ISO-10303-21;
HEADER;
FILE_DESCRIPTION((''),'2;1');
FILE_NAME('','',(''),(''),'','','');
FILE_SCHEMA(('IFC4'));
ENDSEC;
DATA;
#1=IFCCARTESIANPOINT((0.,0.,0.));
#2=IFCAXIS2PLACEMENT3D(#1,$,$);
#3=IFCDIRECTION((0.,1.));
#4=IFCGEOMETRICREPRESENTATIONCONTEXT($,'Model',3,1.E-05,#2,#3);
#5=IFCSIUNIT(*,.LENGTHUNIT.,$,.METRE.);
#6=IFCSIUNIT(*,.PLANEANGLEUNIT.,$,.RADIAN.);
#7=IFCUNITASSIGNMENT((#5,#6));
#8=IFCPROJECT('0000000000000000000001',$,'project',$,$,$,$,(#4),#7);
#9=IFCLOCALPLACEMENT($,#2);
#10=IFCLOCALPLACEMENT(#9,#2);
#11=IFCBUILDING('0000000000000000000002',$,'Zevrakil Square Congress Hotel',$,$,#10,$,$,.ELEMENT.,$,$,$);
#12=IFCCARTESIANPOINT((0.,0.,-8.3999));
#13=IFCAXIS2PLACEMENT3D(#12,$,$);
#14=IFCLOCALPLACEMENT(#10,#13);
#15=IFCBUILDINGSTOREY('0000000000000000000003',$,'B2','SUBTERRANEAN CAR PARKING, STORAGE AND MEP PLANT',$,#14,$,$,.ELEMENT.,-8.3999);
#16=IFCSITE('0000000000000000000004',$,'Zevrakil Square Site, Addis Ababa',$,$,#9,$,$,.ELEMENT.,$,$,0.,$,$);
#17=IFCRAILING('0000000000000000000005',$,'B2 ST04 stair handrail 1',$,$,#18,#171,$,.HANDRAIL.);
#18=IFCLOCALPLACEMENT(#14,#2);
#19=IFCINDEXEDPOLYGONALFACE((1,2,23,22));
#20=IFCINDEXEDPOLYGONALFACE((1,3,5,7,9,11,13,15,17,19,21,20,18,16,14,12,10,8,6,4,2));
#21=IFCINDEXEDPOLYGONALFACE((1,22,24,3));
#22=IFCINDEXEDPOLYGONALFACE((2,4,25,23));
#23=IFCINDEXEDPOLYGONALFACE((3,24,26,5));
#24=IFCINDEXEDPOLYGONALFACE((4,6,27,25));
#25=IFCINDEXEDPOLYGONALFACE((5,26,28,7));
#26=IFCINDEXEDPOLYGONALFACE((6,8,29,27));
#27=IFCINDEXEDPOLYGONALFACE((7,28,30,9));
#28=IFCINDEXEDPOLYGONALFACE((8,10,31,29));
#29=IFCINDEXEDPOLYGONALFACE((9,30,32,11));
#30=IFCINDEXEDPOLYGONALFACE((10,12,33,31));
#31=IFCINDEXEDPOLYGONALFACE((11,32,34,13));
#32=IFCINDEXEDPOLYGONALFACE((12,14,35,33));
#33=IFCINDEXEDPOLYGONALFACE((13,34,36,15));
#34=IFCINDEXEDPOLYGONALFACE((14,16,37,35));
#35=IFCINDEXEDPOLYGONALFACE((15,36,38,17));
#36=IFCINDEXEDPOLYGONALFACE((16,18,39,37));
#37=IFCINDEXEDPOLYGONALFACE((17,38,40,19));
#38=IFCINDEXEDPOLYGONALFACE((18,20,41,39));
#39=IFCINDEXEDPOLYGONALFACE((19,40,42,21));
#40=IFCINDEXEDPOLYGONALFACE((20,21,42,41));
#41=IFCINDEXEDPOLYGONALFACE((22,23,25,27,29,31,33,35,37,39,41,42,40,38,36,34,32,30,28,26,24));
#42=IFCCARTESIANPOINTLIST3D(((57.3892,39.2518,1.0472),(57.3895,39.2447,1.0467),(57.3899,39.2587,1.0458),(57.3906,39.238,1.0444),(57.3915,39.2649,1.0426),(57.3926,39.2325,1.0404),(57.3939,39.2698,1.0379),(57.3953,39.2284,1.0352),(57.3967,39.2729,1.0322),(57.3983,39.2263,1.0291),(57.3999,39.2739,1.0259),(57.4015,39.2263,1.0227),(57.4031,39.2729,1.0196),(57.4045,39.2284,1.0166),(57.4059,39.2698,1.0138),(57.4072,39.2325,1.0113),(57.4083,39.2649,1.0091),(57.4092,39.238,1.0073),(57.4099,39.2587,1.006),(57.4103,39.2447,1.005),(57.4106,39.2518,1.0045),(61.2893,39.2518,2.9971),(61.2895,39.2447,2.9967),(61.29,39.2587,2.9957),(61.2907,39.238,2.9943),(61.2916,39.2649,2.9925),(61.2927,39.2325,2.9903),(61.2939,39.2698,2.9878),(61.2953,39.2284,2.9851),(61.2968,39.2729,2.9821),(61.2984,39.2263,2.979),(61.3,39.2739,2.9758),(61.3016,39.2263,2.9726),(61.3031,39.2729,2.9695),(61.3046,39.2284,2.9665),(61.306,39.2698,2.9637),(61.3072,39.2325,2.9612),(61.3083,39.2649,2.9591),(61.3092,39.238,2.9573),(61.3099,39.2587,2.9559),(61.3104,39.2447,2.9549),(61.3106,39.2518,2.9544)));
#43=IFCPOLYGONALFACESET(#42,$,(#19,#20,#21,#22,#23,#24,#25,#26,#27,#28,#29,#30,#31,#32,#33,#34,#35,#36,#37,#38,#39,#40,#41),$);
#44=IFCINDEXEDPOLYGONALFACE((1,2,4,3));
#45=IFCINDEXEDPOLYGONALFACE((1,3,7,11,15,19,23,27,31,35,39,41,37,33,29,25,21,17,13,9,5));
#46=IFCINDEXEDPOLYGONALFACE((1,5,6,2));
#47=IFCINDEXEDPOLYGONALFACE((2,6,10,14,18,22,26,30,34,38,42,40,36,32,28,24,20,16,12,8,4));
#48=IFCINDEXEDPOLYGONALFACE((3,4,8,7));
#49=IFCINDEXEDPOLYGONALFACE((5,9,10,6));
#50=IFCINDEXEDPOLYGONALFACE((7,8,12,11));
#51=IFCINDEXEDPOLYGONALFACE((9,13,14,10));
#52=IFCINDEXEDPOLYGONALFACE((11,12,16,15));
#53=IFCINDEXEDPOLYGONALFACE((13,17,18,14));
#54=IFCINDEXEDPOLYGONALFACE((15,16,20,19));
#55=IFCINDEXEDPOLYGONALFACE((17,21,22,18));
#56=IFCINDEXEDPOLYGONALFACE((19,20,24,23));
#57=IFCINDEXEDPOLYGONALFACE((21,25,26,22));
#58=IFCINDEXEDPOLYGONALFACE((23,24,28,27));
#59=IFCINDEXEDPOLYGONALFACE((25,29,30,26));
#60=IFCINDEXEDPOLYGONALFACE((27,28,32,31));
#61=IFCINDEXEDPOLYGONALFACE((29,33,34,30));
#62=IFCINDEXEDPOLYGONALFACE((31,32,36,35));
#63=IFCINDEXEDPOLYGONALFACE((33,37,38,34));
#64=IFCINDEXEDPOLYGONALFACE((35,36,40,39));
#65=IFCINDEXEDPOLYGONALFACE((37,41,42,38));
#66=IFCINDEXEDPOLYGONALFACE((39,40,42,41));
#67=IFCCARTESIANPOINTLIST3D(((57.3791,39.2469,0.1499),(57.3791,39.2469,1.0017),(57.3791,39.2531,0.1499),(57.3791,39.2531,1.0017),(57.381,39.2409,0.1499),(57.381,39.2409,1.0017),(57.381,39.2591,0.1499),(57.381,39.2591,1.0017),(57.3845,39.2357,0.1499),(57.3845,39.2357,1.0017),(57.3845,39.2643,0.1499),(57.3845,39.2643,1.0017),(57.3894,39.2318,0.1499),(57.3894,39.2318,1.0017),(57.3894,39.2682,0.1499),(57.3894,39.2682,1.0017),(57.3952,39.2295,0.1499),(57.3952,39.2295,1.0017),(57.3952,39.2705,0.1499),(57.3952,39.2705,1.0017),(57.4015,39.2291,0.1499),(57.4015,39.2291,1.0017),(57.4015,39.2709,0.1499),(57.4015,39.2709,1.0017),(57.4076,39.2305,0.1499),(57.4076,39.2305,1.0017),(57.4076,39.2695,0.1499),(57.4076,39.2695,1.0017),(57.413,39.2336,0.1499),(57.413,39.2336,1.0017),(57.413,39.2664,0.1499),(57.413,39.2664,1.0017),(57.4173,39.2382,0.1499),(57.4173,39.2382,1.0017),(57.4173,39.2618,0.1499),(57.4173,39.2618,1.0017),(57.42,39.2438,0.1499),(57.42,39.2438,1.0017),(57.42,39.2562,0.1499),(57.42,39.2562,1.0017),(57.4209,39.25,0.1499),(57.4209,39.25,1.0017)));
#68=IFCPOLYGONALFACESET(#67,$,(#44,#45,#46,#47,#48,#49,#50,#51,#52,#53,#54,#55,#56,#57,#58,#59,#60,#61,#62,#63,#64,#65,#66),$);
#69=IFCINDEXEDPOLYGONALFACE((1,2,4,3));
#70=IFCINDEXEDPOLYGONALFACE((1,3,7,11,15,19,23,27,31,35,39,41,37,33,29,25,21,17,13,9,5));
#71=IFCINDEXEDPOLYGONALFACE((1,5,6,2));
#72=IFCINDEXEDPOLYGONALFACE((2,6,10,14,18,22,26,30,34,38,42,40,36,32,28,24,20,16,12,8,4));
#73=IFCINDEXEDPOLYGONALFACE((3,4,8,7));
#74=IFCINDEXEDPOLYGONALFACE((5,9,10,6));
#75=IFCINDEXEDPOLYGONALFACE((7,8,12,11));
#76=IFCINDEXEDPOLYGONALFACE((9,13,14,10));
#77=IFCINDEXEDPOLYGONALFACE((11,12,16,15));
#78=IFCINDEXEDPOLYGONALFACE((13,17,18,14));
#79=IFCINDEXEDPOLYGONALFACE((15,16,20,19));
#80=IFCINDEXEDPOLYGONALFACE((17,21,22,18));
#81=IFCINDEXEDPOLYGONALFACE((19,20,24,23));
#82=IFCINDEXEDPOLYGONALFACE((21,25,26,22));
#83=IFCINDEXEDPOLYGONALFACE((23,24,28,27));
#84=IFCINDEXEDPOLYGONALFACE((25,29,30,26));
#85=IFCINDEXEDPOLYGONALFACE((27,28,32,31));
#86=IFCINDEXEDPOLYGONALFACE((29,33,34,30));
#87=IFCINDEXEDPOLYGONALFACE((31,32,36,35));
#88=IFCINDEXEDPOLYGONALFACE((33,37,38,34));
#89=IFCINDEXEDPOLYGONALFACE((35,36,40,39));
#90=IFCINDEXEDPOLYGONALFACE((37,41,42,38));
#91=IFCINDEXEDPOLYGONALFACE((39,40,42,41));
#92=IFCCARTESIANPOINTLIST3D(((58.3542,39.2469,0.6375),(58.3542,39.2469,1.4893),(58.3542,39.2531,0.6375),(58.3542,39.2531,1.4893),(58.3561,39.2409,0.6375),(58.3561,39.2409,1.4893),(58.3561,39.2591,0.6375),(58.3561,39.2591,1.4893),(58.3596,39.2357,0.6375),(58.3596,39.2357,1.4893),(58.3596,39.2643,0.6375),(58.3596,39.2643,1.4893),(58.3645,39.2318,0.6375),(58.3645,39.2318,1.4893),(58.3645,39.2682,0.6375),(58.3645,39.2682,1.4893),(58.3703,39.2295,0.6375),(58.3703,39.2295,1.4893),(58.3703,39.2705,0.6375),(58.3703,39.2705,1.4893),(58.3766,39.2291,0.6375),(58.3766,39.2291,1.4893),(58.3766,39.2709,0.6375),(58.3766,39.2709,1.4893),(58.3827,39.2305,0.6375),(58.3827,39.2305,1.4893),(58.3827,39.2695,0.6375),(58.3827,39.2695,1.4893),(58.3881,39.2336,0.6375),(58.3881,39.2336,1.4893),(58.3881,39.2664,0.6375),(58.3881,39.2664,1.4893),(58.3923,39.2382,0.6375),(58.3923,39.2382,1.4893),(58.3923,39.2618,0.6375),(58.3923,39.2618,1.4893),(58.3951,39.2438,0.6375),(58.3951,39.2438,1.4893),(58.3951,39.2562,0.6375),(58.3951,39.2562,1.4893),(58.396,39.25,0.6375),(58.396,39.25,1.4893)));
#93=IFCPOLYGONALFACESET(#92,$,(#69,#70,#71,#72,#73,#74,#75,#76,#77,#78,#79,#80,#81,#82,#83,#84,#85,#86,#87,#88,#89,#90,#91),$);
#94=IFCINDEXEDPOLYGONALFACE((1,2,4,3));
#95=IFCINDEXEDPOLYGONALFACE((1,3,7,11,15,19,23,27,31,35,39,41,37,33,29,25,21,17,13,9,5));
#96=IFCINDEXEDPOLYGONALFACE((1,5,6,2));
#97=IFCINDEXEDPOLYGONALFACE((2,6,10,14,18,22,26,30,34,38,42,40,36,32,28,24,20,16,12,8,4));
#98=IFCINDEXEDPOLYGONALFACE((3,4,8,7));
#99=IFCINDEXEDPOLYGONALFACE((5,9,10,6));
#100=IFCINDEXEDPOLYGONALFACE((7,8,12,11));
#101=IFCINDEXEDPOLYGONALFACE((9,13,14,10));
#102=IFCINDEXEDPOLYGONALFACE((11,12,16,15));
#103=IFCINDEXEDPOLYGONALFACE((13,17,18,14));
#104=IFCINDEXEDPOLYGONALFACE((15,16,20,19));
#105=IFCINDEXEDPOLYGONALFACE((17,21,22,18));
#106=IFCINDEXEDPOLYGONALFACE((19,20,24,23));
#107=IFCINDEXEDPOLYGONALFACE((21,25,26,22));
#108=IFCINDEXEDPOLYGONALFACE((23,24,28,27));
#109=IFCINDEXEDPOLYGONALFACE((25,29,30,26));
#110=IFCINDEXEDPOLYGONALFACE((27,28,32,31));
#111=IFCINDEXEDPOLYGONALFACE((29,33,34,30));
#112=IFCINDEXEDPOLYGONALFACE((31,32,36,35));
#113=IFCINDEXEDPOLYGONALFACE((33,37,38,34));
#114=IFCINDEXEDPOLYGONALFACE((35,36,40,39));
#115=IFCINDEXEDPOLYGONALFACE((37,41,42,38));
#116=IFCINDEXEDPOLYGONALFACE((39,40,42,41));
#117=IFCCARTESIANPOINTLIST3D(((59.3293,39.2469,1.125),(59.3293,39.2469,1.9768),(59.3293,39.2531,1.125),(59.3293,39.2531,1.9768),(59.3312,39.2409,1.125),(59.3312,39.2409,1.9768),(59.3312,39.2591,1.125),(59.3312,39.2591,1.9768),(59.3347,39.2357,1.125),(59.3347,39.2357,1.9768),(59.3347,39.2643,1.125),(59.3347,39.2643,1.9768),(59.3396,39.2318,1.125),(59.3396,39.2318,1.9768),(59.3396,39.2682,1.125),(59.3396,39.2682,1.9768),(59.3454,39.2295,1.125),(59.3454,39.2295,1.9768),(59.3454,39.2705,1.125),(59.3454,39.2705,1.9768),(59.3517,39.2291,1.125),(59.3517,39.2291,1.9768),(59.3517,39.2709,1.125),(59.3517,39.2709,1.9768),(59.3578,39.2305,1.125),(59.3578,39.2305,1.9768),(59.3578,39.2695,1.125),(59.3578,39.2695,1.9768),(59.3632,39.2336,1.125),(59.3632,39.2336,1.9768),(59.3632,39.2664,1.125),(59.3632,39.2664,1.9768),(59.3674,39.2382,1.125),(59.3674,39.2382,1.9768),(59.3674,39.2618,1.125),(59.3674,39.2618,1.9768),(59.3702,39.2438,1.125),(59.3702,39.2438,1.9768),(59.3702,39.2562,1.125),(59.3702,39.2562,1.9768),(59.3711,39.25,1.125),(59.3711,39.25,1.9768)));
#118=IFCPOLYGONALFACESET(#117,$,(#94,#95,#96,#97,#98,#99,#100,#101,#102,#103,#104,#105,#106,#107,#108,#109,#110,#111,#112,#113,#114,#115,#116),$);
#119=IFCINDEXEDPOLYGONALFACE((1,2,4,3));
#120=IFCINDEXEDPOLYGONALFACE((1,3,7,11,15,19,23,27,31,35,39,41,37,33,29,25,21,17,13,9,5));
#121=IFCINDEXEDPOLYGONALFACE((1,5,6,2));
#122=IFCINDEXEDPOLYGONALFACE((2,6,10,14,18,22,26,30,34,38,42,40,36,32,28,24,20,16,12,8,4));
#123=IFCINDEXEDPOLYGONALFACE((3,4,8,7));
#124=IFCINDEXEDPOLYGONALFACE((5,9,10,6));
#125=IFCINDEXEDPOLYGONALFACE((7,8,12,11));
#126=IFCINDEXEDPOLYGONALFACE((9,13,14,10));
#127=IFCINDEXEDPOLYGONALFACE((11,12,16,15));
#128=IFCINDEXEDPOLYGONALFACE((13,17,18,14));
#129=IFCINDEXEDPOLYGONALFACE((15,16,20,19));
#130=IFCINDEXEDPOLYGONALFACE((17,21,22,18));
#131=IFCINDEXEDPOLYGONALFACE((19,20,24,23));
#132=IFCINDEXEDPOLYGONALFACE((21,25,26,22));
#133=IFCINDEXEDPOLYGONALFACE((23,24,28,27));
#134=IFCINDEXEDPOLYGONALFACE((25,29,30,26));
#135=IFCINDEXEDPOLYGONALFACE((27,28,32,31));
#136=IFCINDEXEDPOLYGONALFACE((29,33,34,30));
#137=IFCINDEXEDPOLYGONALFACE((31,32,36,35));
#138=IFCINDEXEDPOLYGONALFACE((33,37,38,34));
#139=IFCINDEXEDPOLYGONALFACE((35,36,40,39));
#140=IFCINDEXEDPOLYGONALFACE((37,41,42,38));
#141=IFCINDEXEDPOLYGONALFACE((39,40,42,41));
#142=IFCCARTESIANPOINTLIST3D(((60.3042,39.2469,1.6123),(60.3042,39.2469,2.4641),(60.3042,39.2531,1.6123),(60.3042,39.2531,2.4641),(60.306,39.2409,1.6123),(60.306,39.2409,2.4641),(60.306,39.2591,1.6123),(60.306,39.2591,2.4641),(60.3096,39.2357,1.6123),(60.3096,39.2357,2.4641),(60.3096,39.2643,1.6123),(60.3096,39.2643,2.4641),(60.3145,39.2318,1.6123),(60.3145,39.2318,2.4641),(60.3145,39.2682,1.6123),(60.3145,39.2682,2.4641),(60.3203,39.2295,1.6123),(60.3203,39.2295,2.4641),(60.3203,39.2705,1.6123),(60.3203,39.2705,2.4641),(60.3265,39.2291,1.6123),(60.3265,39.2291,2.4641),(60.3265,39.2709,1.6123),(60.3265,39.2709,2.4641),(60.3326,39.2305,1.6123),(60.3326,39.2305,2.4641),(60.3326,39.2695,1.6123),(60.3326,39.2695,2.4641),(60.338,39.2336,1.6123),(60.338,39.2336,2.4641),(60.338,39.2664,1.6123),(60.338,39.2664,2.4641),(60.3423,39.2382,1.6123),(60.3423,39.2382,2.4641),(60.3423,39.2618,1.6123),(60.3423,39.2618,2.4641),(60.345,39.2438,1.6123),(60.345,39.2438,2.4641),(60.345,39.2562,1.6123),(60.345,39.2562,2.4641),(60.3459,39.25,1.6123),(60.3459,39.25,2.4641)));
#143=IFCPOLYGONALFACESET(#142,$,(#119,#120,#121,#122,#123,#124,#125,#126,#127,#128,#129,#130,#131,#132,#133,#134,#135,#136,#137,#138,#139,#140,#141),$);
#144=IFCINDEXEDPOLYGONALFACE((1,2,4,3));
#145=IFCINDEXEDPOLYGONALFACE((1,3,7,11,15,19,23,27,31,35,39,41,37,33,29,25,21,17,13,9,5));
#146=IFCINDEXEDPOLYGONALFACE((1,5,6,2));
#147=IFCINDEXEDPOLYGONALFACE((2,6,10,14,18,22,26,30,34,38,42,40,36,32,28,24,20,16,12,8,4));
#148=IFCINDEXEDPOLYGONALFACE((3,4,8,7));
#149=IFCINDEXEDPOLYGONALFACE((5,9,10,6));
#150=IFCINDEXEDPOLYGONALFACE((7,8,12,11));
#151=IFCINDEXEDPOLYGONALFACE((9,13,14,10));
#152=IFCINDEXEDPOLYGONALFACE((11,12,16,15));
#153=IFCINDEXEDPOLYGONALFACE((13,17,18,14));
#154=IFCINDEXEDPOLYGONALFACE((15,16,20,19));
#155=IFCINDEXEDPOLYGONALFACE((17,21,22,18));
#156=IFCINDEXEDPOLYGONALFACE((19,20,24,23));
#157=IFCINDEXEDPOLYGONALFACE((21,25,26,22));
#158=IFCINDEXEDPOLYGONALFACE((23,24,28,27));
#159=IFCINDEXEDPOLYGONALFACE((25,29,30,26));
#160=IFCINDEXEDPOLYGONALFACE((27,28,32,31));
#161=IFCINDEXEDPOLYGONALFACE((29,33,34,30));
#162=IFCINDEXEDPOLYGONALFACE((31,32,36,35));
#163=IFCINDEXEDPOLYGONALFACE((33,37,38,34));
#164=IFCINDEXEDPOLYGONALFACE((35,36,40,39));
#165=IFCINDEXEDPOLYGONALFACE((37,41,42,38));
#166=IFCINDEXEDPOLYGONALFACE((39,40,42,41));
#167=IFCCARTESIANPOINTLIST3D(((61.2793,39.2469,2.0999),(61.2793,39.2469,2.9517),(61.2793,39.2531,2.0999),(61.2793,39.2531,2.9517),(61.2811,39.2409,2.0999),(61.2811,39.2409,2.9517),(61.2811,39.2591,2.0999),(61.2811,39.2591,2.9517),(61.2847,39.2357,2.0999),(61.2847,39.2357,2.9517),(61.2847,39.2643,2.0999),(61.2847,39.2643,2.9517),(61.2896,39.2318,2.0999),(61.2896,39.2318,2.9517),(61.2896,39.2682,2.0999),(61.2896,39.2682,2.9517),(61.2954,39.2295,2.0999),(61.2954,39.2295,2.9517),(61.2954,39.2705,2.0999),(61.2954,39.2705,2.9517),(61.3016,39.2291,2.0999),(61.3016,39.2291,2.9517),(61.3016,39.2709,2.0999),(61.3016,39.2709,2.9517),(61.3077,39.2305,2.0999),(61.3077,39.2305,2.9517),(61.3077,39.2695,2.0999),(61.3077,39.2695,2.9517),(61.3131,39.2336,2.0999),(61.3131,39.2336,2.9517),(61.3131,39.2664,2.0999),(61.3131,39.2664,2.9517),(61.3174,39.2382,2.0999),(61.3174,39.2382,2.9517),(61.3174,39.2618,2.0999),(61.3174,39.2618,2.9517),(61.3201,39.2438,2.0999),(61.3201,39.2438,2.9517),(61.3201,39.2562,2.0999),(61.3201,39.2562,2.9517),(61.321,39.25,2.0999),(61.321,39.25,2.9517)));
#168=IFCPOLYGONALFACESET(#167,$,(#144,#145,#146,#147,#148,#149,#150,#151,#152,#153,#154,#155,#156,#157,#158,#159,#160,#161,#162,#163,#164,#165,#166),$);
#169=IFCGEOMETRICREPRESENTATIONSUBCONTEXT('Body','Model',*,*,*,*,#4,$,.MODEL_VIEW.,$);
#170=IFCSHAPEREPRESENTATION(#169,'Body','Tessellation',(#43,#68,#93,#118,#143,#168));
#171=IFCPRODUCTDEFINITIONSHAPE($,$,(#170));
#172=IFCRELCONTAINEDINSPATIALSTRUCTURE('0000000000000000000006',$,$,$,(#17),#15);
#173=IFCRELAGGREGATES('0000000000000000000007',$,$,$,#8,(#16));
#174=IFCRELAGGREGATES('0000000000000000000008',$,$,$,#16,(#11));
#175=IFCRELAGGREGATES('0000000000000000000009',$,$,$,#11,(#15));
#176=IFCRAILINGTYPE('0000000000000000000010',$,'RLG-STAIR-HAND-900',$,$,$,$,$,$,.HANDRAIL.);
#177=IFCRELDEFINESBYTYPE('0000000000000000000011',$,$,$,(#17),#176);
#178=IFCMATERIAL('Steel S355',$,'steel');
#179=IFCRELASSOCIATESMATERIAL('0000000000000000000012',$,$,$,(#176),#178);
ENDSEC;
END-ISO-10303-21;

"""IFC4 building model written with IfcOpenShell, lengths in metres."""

from ifc_helpers import new_model, si_unit, direction, frame, origin, origin_2d, place, context, subcontext, project, spatial, circle, extrude, material, type_object, element, save


model = new_model("IFC4")

# Units and contexts
model_context = context("Model", 3, precision=1e-05, world=origin(), true_north=direction((0.0, 1.0)))
body_context = subcontext(model_context, "Body", "Model", "MODEL_VIEW")
ifc_project = project(units=[si_unit("LENGTHUNIT", "METRE"), si_unit("PLANEANGLEUNIT", "RADIAN")], contexts=[model_context])

# Site, building, storey
site_placement = place(None, origin())
site = spatial("IfcSite", under=ifc_project, at=site_placement, Name="Zevrakil Square Site, Addis Ababa", CompositionType="ELEMENT", RefElevation=0.0)
building_placement = place(site_placement, origin())
building = spatial("IfcBuilding", under=site, at=building_placement, Name="Zevrakil Square Congress Hotel", CompositionType="ELEMENT")
storey_placement = place(building_placement, frame((0.0, 0.0, -8.3999)))
storey = spatial("IfcBuildingStorey", under=building, at=storey_placement, Name="B2", Description="SUBTERRANEAN CAR PARKING, STORAGE AND MEP PLANT", CompositionType="ELEMENT", Elevation=-8.3999)

# Railing
ifc_material_1 = material(Name="Steel S355", Category="steel")
railing_type = type_object("IfcRailingType", Name="RLG-STAIR-HAND-900", PredefinedType="HANDRAIL", material=ifc_material_1)
railing_placement = place(storey_placement, frame((57.3999, 39.25, 0.1499)))
element("IfcRailing", 1, at=railing_placement, inside=storey, type_object=railing_type, Name="B2 ST04 stair handrail 1", PredefinedType="HANDRAIL", context=body_context, shape_type="SweptSolid", body=[
    extrude(circle(Radius=0.0239, at=origin_2d()), frame((0.0, 0.0, 0.876), z_axis=(0.894438, 0.0, 0.447191), x_axis=(0.0, 1.0, 0.0)), (0.0, 0.0, 1.0), 4.3604),
    extrude(circle(Radius=0.021, at=origin_2d()), origin(), (0.0, 0.0, 1.0), 0.8518),
    extrude(circle(Radius=0.021, at=origin_2d()), frame((0.9751, 0.0, 0.4875)), (0.0, 0.0, 1.0), 0.8518),
    extrude(circle(Radius=0.021, at=origin_2d()), frame((1.9502, 0.0, 0.9751)), (0.0, 0.0, 1.0), 0.8518),
    extrude(circle(Radius=0.021, at=origin_2d()), frame((2.925, 0.0, 1.4624)), (0.0, 0.0, 1.0), 0.8518),
    extrude(circle(Radius=0.021, at=origin_2d()), frame((3.9001, 0.0, 1.95)), (0.0, 0.0, 1.0), 0.8518),
])

save(model, "model.ifc")
